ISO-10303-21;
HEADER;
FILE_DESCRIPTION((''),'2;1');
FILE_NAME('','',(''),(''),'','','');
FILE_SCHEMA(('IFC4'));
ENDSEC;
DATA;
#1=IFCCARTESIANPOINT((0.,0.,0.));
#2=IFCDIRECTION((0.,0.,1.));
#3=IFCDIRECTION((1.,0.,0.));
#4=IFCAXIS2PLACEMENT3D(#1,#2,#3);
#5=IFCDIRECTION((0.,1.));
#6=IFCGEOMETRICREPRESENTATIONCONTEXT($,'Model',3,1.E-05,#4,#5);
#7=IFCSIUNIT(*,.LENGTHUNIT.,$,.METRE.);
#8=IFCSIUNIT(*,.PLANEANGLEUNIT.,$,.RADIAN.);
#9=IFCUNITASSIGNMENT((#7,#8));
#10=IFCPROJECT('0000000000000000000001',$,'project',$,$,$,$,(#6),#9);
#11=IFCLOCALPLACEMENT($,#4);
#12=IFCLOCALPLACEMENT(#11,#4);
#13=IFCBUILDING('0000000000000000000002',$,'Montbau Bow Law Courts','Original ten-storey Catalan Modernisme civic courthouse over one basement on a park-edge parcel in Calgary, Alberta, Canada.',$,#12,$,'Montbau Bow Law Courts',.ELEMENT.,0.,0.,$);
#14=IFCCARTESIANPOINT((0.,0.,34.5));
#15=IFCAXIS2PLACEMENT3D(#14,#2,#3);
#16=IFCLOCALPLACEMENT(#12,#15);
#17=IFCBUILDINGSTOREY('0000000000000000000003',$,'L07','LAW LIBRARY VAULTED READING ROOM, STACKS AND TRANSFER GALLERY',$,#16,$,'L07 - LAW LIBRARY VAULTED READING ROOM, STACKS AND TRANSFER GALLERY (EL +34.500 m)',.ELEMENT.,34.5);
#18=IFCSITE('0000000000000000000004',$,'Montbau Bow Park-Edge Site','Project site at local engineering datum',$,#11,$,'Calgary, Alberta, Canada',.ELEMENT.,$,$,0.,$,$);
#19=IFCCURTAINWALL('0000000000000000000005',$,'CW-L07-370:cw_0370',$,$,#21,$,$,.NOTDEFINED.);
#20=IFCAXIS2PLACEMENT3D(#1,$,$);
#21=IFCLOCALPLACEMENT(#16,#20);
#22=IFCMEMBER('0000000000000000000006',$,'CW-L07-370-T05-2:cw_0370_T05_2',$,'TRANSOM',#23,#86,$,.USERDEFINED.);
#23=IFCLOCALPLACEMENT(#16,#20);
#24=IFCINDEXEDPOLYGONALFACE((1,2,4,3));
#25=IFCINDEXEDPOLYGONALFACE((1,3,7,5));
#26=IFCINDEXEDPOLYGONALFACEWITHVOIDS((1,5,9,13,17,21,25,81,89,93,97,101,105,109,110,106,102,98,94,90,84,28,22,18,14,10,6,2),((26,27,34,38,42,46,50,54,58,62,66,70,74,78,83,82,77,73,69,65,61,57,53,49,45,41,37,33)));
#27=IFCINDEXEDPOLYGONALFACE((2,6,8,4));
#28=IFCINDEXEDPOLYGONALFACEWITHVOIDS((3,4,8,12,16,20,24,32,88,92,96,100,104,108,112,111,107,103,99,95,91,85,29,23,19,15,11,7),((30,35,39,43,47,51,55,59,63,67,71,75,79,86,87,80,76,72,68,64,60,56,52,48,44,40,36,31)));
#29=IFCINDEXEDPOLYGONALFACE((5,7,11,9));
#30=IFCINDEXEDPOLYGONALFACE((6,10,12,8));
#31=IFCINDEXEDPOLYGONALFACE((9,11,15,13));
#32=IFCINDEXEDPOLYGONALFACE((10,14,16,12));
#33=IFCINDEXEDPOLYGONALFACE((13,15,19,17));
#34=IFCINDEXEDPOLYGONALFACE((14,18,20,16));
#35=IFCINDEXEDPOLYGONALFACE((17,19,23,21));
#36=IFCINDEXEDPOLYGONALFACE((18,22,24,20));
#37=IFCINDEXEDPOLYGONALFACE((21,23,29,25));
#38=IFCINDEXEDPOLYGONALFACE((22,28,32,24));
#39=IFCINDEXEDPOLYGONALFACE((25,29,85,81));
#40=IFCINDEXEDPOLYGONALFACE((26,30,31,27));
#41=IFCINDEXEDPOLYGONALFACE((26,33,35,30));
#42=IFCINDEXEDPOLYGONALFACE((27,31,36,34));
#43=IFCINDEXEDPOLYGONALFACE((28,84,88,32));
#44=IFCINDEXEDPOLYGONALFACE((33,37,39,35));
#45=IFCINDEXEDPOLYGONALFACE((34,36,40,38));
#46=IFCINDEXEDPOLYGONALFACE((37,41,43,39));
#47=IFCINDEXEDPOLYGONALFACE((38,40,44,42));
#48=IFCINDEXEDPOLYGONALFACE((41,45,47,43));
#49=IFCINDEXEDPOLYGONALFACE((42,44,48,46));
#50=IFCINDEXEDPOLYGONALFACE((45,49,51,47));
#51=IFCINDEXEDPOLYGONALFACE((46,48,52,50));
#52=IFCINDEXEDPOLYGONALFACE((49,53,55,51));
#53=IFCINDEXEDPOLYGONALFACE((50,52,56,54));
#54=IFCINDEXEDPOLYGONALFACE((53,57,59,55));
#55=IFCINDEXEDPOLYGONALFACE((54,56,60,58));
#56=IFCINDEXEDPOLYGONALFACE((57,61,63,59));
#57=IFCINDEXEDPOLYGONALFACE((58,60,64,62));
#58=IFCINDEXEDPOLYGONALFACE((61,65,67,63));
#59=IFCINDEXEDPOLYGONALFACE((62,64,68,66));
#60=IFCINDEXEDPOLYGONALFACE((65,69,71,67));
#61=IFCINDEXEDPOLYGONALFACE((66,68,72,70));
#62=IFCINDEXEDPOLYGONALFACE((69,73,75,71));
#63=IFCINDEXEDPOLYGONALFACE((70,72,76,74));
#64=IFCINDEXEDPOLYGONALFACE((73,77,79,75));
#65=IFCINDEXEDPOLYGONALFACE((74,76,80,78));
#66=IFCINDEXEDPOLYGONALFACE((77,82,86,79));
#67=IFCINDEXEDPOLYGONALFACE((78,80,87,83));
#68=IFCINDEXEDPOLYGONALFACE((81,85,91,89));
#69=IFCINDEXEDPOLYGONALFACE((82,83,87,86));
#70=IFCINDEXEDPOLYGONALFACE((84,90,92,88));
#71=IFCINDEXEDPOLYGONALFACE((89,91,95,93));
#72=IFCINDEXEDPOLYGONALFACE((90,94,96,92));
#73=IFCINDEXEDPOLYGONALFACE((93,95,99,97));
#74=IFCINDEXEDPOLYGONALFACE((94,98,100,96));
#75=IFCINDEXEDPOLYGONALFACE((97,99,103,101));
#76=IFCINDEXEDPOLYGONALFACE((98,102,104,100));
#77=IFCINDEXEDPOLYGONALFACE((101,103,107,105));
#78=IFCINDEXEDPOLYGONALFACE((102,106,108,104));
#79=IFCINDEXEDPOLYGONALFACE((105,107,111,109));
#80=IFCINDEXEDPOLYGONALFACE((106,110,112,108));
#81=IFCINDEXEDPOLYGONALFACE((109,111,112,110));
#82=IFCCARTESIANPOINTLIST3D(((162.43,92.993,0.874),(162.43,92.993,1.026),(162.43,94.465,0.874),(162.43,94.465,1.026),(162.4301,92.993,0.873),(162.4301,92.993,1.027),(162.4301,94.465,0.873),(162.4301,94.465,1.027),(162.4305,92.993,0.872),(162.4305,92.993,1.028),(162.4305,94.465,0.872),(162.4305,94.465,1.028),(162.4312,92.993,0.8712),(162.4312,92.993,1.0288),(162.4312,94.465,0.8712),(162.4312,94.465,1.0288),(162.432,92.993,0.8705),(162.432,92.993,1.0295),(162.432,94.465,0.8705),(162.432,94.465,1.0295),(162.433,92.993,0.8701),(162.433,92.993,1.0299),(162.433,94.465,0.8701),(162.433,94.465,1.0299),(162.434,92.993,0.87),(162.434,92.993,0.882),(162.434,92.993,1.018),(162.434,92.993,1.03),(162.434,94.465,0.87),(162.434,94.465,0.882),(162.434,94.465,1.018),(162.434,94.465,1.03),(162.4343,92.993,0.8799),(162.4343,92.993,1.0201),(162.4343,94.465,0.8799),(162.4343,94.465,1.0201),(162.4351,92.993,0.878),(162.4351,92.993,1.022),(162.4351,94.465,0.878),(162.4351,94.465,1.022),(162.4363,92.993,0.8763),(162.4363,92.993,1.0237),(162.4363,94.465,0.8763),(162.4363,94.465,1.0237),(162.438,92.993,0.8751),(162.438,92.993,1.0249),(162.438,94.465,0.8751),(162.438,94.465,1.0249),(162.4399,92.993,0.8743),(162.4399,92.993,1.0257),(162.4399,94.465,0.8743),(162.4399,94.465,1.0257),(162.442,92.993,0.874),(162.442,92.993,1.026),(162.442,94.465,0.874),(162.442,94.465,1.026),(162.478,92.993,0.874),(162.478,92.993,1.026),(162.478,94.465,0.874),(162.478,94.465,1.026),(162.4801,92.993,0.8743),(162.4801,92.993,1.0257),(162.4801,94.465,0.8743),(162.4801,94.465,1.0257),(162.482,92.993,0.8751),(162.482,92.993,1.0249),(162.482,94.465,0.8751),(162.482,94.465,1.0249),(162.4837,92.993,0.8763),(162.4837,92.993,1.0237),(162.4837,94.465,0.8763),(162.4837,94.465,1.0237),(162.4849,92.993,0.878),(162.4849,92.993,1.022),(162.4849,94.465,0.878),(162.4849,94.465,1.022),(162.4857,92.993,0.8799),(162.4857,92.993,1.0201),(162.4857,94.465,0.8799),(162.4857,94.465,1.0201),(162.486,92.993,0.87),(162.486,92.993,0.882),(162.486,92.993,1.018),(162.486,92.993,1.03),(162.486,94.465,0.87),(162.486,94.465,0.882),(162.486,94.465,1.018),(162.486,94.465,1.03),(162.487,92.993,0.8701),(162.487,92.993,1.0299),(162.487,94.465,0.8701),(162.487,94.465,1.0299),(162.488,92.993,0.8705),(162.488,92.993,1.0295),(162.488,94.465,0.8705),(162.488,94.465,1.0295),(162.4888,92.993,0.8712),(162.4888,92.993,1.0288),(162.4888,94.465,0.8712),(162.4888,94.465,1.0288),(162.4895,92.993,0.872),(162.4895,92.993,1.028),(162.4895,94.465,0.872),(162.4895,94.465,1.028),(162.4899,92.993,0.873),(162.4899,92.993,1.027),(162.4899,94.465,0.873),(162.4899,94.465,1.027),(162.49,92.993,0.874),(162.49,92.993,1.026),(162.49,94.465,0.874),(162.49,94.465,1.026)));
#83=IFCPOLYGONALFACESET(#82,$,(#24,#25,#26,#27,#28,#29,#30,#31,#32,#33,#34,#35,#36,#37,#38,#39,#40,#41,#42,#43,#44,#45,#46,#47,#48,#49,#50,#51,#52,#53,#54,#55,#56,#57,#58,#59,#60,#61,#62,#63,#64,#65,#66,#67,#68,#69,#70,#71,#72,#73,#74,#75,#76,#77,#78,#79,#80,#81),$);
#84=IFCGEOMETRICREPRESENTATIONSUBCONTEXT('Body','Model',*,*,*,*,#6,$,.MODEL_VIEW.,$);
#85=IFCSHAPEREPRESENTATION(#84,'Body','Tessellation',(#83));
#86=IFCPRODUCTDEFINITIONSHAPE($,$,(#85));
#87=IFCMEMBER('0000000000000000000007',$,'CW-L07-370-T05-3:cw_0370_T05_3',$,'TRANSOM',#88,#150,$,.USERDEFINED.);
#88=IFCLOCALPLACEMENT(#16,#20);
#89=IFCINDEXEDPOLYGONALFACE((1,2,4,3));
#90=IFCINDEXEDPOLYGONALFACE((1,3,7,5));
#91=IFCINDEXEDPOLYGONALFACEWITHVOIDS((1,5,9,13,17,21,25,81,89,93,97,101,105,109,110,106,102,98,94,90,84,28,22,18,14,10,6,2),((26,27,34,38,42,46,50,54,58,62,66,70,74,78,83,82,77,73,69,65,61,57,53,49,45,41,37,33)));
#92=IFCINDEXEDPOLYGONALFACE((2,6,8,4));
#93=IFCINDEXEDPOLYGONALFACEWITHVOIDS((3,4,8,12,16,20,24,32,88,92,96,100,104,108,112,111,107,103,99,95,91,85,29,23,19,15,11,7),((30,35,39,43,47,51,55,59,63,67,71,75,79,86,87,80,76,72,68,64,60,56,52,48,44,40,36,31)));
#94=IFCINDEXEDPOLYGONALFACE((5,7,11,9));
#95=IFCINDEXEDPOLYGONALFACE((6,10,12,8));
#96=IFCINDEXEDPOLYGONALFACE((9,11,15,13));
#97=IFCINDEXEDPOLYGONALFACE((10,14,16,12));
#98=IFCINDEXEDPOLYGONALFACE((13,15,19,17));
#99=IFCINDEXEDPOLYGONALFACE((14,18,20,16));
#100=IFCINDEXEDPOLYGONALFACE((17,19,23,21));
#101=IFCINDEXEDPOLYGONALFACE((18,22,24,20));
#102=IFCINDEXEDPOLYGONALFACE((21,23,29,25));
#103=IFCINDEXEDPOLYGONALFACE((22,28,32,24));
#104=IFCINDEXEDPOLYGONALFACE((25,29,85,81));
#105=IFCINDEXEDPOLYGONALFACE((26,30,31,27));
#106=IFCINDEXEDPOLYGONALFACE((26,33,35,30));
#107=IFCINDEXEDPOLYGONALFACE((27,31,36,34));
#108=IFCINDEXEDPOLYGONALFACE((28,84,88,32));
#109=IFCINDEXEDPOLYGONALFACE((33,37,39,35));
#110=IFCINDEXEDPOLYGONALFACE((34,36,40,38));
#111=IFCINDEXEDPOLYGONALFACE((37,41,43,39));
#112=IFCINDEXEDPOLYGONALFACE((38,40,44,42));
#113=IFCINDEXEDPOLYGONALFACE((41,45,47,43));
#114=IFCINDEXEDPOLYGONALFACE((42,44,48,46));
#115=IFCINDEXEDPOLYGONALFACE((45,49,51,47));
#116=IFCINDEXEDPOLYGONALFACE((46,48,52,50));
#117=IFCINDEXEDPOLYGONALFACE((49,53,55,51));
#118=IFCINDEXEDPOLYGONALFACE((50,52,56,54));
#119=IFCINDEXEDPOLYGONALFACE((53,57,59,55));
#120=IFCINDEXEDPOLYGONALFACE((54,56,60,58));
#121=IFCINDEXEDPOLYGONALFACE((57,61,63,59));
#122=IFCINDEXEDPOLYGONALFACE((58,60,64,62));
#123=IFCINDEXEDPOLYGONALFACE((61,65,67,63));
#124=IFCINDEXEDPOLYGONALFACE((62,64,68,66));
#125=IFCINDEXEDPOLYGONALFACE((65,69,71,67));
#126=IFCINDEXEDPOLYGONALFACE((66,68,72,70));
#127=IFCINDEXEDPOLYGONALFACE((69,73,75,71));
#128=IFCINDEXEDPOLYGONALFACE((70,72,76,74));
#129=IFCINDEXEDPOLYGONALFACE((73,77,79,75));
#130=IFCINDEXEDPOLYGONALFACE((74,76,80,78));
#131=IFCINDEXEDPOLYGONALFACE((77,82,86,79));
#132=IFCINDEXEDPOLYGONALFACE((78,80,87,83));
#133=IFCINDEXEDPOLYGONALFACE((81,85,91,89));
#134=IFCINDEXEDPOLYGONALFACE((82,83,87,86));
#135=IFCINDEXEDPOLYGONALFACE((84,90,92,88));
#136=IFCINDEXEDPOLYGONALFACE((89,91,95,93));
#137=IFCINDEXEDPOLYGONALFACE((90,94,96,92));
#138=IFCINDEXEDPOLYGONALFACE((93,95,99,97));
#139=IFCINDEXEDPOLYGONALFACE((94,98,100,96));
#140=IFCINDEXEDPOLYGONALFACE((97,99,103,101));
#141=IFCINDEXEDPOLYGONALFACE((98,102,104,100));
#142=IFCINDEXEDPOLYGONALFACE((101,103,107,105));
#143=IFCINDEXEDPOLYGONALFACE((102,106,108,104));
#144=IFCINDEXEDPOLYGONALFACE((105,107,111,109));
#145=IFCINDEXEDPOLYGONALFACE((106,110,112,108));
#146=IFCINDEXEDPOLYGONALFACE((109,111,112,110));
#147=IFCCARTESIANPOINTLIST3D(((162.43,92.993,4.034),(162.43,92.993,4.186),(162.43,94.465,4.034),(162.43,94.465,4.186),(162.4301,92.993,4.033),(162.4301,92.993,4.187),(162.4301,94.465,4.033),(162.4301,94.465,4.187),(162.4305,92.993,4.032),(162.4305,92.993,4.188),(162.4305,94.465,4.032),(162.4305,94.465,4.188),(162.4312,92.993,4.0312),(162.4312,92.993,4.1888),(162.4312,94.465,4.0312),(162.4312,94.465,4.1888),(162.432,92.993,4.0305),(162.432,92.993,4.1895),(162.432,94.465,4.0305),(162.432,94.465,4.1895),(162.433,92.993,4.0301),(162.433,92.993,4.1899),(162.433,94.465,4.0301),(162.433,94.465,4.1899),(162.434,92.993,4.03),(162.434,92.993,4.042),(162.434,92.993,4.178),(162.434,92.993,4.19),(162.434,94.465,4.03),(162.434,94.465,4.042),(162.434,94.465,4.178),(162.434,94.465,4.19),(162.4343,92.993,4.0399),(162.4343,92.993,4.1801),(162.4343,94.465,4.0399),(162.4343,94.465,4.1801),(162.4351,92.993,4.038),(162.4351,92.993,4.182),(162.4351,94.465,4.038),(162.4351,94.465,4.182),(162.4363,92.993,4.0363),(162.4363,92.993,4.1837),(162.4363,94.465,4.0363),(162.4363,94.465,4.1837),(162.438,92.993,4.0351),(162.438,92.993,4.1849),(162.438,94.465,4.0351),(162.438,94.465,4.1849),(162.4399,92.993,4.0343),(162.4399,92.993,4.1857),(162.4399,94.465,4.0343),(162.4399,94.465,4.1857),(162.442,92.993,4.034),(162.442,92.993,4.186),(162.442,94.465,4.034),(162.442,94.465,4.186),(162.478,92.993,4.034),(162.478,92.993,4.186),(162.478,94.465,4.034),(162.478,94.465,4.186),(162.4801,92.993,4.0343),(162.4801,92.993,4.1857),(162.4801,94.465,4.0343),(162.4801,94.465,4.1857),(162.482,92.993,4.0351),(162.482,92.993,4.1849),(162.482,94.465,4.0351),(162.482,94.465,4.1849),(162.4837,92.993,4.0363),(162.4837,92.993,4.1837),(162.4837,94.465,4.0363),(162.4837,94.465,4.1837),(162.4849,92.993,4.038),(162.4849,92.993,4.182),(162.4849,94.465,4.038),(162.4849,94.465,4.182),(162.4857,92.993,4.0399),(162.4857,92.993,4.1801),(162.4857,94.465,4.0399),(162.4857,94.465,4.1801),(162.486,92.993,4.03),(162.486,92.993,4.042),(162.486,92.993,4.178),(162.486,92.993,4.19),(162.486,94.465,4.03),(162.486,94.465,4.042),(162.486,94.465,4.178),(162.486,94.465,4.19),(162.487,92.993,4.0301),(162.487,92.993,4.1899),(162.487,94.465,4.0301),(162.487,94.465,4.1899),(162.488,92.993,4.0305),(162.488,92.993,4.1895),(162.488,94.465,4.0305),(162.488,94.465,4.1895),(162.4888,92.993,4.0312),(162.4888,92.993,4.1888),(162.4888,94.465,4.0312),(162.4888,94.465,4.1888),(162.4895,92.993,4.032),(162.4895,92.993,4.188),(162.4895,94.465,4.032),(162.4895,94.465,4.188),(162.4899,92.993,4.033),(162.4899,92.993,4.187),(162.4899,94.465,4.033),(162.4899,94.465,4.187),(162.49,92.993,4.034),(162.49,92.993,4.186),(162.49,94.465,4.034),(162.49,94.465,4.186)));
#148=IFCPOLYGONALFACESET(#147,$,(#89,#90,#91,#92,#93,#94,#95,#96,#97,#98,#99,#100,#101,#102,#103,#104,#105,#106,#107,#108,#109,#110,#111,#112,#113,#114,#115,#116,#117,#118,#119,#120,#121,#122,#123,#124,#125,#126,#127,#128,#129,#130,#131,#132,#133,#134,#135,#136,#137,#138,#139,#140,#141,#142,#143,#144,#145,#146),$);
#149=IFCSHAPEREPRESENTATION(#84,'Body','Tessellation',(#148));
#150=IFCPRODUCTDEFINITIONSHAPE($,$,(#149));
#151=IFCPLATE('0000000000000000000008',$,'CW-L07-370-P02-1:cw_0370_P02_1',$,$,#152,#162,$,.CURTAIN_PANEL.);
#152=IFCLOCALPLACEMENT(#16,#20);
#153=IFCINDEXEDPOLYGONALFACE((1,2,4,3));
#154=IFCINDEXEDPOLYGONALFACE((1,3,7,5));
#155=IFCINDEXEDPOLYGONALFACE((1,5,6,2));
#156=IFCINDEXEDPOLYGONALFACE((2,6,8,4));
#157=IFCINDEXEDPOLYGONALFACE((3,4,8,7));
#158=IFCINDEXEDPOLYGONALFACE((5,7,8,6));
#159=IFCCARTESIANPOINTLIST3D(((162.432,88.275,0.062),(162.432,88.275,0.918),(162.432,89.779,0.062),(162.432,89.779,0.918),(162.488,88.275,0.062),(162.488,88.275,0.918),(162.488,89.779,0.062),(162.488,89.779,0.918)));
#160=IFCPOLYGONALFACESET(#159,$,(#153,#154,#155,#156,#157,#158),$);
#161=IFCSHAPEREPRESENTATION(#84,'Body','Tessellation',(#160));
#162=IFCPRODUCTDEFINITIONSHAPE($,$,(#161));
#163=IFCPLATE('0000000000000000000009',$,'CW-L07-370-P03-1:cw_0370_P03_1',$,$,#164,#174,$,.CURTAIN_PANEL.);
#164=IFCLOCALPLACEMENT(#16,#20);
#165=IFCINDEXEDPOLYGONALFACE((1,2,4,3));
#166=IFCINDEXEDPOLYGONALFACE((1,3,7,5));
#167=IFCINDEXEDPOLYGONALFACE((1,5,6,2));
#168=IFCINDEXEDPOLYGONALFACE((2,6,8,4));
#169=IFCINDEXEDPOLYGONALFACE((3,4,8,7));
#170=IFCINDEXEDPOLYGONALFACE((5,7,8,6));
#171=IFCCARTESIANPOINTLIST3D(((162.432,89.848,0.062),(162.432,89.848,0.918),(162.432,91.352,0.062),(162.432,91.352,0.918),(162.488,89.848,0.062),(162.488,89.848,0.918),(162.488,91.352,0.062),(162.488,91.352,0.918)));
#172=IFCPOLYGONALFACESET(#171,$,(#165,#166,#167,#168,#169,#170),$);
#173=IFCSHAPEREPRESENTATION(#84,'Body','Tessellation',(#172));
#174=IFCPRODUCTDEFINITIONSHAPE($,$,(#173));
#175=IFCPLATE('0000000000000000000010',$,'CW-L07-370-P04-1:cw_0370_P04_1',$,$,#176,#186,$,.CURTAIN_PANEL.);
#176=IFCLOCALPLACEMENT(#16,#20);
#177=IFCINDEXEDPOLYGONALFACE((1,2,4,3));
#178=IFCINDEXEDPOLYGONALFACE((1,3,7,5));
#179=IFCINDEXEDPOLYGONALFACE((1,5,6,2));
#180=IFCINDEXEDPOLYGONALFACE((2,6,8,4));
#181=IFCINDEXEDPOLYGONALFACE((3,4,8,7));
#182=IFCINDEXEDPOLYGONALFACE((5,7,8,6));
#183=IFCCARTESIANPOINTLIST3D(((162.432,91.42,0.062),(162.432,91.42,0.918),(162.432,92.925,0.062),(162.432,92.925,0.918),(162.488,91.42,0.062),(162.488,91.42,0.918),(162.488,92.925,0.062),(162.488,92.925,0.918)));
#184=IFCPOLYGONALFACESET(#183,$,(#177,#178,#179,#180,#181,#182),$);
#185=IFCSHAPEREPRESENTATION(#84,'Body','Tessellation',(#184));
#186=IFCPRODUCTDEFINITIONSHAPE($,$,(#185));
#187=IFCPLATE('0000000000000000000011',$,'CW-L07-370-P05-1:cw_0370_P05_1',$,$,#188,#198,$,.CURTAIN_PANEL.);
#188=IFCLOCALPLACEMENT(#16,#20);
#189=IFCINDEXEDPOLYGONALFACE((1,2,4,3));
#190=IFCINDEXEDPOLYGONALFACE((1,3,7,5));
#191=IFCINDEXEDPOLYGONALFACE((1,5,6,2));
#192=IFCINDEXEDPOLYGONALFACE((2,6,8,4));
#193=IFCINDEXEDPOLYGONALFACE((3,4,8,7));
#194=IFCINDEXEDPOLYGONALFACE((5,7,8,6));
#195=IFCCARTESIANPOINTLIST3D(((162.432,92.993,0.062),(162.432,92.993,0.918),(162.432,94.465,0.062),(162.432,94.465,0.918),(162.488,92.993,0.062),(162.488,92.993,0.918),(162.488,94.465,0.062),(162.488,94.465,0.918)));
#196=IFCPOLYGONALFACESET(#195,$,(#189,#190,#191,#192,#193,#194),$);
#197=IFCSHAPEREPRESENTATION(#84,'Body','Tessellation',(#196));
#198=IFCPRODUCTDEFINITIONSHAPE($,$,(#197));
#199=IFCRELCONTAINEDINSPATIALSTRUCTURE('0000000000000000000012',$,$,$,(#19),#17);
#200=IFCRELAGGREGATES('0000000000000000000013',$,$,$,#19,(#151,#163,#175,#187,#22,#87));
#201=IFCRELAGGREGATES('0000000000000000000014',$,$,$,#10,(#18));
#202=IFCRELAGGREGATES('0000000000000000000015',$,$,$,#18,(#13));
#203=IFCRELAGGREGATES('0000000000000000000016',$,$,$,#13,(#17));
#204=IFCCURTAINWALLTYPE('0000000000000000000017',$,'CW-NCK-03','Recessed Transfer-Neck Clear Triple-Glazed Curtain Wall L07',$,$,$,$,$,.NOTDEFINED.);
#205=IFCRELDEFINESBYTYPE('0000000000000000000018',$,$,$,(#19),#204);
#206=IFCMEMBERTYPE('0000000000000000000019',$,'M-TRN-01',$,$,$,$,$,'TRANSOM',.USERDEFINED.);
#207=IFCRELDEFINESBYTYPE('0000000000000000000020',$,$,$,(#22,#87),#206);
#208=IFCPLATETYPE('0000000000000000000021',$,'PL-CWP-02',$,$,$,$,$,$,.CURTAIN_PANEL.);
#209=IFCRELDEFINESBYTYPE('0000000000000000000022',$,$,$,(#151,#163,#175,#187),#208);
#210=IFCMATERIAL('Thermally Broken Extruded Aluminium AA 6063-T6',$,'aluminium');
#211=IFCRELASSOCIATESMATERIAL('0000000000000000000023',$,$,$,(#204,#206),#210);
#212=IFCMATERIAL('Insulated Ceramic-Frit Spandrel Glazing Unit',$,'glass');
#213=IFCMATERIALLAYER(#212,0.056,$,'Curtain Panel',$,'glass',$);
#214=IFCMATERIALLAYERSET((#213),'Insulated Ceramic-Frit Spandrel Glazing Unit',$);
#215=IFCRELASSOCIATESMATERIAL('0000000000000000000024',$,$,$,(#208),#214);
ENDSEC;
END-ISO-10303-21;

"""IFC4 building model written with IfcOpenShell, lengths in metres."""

from ifc_helpers import new_model, si_unit, direction, frame, frame_2d, origin_with_axes, origin_2d_with_axis, place, context, subcontext, project, spatial, rectangle, hollow_rectangle, extrude, material, layer, layer_set, material_profile, profile_set, type_object, element, aggregate, save


model = new_model("IFC4")

# Units and contexts
model_context = context("Model", 3, precision=1e-05, world=origin_with_axes(), true_north=direction((0.0, 1.0)))
body_context = subcontext(model_context, "Body", "Model", "MODEL_VIEW")
ifc_project = project(units=[si_unit("LENGTHUNIT", "METRE"), si_unit("PLANEANGLEUNIT", "RADIAN")], contexts=[model_context])

# Site, building, storey
site_placement = place(None, origin_with_axes())
site = spatial("IfcSite", under=ifc_project, at=site_placement, Name="Montbau Bow Park-Edge Site", Description="Project site at local engineering datum", LongName="Calgary, Alberta, Canada", CompositionType="ELEMENT", RefElevation=0.0)
building_placement = place(site_placement, origin_with_axes())
building = spatial("IfcBuilding", under=site, at=building_placement, Name="Montbau Bow Law Courts", Description="Original ten-storey Catalan Modernisme civic courthouse over one basement on a park-edge parcel in Calgary, Alberta, Canada.", LongName="Montbau Bow Law Courts", CompositionType="ELEMENT", ElevationOfRefHeight=0.0, ElevationOfTerrain=0.0)
storey_placement = place(building_placement, frame((0.0, 0.0, 34.5), z_axis=(0.0, 0.0, 1.0), x_axis=(1.0, 0.0, 0.0)))
storey = spatial("IfcBuildingStorey", under=building, at=storey_placement, Name="L07", Description="LAW LIBRARY VAULTED READING ROOM, STACKS AND TRANSFER GALLERY", LongName="L07 - LAW LIBRARY VAULTED READING ROOM, STACKS AND TRANSFER GALLERY (EL +34.500 m)", CompositionType="ELEMENT", Elevation=34.5)

# Curtain wall
ifc_material_1 = material(Name="Thermally Broken Extruded Aluminium AA 6063-T6", Category="aluminium")
curtain_wall_type = type_object("IfcCurtainWallType", Name="CW-NCK-03", Description="Recessed Transfer-Neck Clear Triple-Glazed Curtain Wall L07", PredefinedType="NOTDEFINED", material=ifc_material_1)
curtain_wall_1_placement = place(None, frame((162.46, 86.668, 34.5), z_axis=(0.0, 0.0, 1.0), x_axis=(1.0, 0.0, 0.0)))
curtain_wall_1 = element("IfcCurtainWall", 1, at=curtain_wall_1_placement, inside=storey, type_object=curtain_wall_type, Name="CW-L07-370:cw_0370", PredefinedType="NOTDEFINED")

# Members
ifc_material_profile_1 = material_profile(ifc_material_1, hollow_rectangle(XDim=0.06, YDim=0.16, WallThickness=0.004, InnerFilletRadius=0.008, OuterFilletRadius=0.004, at=origin_2d_with_axis()), Name="CWT-160X60", Category="Main", Priority=0)
ifc_profile_set_1 = profile_set([ifc_material_profile_1], Name="Thermally Broken Extruded Aluminium AA 6063-T6")
member_type_1 = type_object("IfcMemberType", Name="M-TRN-01", ElementType="TRANSOM", PredefinedType="USERDEFINED", material=ifc_profile_set_1)
member_1_placement = place(None, frame((162.46, 92.993, 35.45), z_axis=(0.0, 1.0, 0.0), x_axis=(-1.0, 0.0, 0.0)))
member_1 = element("IfcMember", 2, at=member_1_placement, type_object=member_type_1, Name="CW-L07-370-T05-2:cw_0370_T05_2", ObjectType="TRANSOM", PredefinedType="USERDEFINED", context=body_context, shape_type="SweptSolid", body=[
    extrude(hollow_rectangle(XDim=0.06, YDim=0.16, WallThickness=0.004, InnerFilletRadius=0.008, OuterFilletRadius=0.004, at=origin_2d_with_axis()), origin_with_axes(), (0.0, 0.0, 1.0), 1.472),
])
member_2_placement = place(None, frame((162.46, 92.993, 38.61), z_axis=(0.0, 1.0, 0.0), x_axis=(-1.0, 0.0, 0.0)))
member_2 = element("IfcMember", 3, at=member_2_placement, type_object=member_type_1, Name="CW-L07-370-T05-3:cw_0370_T05_3", ObjectType="TRANSOM", PredefinedType="USERDEFINED", context=body_context, shape_type="SweptSolid", body=[
    extrude(hollow_rectangle(XDim=0.06, YDim=0.16, WallThickness=0.004, InnerFilletRadius=0.008, OuterFilletRadius=0.004, at=origin_2d_with_axis()), origin_with_axes(), (0.0, 0.0, 1.0), 1.472),
])

# Plates
ifc_material_2 = material(Name="Insulated Ceramic-Frit Spandrel Glazing Unit", Category="glass")
ifc_layer_1 = layer(ifc_material_2, 0.056, Name="Curtain Panel", Category="glass")
ifc_layer_set_1 = layer_set([ifc_layer_1], Name="Insulated Ceramic-Frit Spandrel Glazing Unit")
plate_type_1 = type_object("IfcPlateType", Name="PL-CWP-02", PredefinedType="CURTAIN_PANEL", material=ifc_layer_set_1)
plate_1_placement = place(None, frame((162.46, 88.275, 34.562), z_axis=(1.0, 0.0, 0.0), x_axis=(0.0, 1.0, 0.0)))
plate_1 = element("IfcPlate", 4, at=plate_1_placement, type_object=plate_type_1, Name="CW-L07-370-P02-1:cw_0370_P02_1", PredefinedType="CURTAIN_PANEL", context=body_context, shape_type="SweptSolid", body=[
    extrude(rectangle(XDim=1.504, YDim=0.856, at=frame_2d((0.752, 0.428), x_axis=(1.0, 0.0))), frame((0.0, 0.0, -0.028), z_axis=(0.0, 0.0, 1.0), x_axis=(1.0, 0.0, 0.0)), (0.0, 0.0, 1.0), 0.056),
])
plate_2_placement = place(None, frame((162.46, 89.848, 34.562), z_axis=(1.0, 0.0, 0.0), x_axis=(0.0, 1.0, 0.0)))
plate_2 = element("IfcPlate", 5, at=plate_2_placement, type_object=plate_type_1, Name="CW-L07-370-P03-1:cw_0370_P03_1", PredefinedType="CURTAIN_PANEL", context=body_context, shape_type="SweptSolid", body=[
    extrude(rectangle(XDim=1.504, YDim=0.856, at=frame_2d((0.752, 0.428), x_axis=(1.0, 0.0))), frame((0.0, 0.0, -0.028), z_axis=(0.0, 0.0, 1.0), x_axis=(1.0, 0.0, 0.0)), (0.0, 0.0, 1.0), 0.056),
])
plate_3_placement = place(None, frame((162.46, 91.42, 34.562), z_axis=(1.0, 0.0, 0.0), x_axis=(0.0, 1.0, 0.0)))
plate_3 = element("IfcPlate", 6, at=plate_3_placement, type_object=plate_type_1, Name="CW-L07-370-P04-1:cw_0370_P04_1", PredefinedType="CURTAIN_PANEL", context=body_context, shape_type="SweptSolid", body=[
    extrude(rectangle(XDim=1.505, YDim=0.856, at=frame_2d((0.7525, 0.428), x_axis=(1.0, 0.0))), frame((0.0, 0.0, -0.028), z_axis=(0.0, 0.0, 1.0), x_axis=(1.0, 0.0, 0.0)), (0.0, 0.0, 1.0), 0.056),
])
plate_4_placement = place(None, frame((162.46, 92.993, 34.562), z_axis=(1.0, 0.0, 0.0), x_axis=(0.0, 1.0, 0.0)))
plate_4 = element("IfcPlate", 7, at=plate_4_placement, type_object=plate_type_1, Name="CW-L07-370-P05-1:cw_0370_P05_1", PredefinedType="CURTAIN_PANEL", context=body_context, shape_type="SweptSolid", body=[
    extrude(rectangle(XDim=1.472, YDim=0.856, at=frame_2d((0.736, 0.428), x_axis=(1.0, 0.0))), frame((0.0, 0.0, -0.028), z_axis=(0.0, 0.0, 1.0), x_axis=(1.0, 0.0, 0.0)), (0.0, 0.0, 1.0), 0.056),
])
aggregate(curtain_wall_1, [plate_1, plate_2, plate_3, plate_4, member_1, member_2])

save(model, "model.ifc")
